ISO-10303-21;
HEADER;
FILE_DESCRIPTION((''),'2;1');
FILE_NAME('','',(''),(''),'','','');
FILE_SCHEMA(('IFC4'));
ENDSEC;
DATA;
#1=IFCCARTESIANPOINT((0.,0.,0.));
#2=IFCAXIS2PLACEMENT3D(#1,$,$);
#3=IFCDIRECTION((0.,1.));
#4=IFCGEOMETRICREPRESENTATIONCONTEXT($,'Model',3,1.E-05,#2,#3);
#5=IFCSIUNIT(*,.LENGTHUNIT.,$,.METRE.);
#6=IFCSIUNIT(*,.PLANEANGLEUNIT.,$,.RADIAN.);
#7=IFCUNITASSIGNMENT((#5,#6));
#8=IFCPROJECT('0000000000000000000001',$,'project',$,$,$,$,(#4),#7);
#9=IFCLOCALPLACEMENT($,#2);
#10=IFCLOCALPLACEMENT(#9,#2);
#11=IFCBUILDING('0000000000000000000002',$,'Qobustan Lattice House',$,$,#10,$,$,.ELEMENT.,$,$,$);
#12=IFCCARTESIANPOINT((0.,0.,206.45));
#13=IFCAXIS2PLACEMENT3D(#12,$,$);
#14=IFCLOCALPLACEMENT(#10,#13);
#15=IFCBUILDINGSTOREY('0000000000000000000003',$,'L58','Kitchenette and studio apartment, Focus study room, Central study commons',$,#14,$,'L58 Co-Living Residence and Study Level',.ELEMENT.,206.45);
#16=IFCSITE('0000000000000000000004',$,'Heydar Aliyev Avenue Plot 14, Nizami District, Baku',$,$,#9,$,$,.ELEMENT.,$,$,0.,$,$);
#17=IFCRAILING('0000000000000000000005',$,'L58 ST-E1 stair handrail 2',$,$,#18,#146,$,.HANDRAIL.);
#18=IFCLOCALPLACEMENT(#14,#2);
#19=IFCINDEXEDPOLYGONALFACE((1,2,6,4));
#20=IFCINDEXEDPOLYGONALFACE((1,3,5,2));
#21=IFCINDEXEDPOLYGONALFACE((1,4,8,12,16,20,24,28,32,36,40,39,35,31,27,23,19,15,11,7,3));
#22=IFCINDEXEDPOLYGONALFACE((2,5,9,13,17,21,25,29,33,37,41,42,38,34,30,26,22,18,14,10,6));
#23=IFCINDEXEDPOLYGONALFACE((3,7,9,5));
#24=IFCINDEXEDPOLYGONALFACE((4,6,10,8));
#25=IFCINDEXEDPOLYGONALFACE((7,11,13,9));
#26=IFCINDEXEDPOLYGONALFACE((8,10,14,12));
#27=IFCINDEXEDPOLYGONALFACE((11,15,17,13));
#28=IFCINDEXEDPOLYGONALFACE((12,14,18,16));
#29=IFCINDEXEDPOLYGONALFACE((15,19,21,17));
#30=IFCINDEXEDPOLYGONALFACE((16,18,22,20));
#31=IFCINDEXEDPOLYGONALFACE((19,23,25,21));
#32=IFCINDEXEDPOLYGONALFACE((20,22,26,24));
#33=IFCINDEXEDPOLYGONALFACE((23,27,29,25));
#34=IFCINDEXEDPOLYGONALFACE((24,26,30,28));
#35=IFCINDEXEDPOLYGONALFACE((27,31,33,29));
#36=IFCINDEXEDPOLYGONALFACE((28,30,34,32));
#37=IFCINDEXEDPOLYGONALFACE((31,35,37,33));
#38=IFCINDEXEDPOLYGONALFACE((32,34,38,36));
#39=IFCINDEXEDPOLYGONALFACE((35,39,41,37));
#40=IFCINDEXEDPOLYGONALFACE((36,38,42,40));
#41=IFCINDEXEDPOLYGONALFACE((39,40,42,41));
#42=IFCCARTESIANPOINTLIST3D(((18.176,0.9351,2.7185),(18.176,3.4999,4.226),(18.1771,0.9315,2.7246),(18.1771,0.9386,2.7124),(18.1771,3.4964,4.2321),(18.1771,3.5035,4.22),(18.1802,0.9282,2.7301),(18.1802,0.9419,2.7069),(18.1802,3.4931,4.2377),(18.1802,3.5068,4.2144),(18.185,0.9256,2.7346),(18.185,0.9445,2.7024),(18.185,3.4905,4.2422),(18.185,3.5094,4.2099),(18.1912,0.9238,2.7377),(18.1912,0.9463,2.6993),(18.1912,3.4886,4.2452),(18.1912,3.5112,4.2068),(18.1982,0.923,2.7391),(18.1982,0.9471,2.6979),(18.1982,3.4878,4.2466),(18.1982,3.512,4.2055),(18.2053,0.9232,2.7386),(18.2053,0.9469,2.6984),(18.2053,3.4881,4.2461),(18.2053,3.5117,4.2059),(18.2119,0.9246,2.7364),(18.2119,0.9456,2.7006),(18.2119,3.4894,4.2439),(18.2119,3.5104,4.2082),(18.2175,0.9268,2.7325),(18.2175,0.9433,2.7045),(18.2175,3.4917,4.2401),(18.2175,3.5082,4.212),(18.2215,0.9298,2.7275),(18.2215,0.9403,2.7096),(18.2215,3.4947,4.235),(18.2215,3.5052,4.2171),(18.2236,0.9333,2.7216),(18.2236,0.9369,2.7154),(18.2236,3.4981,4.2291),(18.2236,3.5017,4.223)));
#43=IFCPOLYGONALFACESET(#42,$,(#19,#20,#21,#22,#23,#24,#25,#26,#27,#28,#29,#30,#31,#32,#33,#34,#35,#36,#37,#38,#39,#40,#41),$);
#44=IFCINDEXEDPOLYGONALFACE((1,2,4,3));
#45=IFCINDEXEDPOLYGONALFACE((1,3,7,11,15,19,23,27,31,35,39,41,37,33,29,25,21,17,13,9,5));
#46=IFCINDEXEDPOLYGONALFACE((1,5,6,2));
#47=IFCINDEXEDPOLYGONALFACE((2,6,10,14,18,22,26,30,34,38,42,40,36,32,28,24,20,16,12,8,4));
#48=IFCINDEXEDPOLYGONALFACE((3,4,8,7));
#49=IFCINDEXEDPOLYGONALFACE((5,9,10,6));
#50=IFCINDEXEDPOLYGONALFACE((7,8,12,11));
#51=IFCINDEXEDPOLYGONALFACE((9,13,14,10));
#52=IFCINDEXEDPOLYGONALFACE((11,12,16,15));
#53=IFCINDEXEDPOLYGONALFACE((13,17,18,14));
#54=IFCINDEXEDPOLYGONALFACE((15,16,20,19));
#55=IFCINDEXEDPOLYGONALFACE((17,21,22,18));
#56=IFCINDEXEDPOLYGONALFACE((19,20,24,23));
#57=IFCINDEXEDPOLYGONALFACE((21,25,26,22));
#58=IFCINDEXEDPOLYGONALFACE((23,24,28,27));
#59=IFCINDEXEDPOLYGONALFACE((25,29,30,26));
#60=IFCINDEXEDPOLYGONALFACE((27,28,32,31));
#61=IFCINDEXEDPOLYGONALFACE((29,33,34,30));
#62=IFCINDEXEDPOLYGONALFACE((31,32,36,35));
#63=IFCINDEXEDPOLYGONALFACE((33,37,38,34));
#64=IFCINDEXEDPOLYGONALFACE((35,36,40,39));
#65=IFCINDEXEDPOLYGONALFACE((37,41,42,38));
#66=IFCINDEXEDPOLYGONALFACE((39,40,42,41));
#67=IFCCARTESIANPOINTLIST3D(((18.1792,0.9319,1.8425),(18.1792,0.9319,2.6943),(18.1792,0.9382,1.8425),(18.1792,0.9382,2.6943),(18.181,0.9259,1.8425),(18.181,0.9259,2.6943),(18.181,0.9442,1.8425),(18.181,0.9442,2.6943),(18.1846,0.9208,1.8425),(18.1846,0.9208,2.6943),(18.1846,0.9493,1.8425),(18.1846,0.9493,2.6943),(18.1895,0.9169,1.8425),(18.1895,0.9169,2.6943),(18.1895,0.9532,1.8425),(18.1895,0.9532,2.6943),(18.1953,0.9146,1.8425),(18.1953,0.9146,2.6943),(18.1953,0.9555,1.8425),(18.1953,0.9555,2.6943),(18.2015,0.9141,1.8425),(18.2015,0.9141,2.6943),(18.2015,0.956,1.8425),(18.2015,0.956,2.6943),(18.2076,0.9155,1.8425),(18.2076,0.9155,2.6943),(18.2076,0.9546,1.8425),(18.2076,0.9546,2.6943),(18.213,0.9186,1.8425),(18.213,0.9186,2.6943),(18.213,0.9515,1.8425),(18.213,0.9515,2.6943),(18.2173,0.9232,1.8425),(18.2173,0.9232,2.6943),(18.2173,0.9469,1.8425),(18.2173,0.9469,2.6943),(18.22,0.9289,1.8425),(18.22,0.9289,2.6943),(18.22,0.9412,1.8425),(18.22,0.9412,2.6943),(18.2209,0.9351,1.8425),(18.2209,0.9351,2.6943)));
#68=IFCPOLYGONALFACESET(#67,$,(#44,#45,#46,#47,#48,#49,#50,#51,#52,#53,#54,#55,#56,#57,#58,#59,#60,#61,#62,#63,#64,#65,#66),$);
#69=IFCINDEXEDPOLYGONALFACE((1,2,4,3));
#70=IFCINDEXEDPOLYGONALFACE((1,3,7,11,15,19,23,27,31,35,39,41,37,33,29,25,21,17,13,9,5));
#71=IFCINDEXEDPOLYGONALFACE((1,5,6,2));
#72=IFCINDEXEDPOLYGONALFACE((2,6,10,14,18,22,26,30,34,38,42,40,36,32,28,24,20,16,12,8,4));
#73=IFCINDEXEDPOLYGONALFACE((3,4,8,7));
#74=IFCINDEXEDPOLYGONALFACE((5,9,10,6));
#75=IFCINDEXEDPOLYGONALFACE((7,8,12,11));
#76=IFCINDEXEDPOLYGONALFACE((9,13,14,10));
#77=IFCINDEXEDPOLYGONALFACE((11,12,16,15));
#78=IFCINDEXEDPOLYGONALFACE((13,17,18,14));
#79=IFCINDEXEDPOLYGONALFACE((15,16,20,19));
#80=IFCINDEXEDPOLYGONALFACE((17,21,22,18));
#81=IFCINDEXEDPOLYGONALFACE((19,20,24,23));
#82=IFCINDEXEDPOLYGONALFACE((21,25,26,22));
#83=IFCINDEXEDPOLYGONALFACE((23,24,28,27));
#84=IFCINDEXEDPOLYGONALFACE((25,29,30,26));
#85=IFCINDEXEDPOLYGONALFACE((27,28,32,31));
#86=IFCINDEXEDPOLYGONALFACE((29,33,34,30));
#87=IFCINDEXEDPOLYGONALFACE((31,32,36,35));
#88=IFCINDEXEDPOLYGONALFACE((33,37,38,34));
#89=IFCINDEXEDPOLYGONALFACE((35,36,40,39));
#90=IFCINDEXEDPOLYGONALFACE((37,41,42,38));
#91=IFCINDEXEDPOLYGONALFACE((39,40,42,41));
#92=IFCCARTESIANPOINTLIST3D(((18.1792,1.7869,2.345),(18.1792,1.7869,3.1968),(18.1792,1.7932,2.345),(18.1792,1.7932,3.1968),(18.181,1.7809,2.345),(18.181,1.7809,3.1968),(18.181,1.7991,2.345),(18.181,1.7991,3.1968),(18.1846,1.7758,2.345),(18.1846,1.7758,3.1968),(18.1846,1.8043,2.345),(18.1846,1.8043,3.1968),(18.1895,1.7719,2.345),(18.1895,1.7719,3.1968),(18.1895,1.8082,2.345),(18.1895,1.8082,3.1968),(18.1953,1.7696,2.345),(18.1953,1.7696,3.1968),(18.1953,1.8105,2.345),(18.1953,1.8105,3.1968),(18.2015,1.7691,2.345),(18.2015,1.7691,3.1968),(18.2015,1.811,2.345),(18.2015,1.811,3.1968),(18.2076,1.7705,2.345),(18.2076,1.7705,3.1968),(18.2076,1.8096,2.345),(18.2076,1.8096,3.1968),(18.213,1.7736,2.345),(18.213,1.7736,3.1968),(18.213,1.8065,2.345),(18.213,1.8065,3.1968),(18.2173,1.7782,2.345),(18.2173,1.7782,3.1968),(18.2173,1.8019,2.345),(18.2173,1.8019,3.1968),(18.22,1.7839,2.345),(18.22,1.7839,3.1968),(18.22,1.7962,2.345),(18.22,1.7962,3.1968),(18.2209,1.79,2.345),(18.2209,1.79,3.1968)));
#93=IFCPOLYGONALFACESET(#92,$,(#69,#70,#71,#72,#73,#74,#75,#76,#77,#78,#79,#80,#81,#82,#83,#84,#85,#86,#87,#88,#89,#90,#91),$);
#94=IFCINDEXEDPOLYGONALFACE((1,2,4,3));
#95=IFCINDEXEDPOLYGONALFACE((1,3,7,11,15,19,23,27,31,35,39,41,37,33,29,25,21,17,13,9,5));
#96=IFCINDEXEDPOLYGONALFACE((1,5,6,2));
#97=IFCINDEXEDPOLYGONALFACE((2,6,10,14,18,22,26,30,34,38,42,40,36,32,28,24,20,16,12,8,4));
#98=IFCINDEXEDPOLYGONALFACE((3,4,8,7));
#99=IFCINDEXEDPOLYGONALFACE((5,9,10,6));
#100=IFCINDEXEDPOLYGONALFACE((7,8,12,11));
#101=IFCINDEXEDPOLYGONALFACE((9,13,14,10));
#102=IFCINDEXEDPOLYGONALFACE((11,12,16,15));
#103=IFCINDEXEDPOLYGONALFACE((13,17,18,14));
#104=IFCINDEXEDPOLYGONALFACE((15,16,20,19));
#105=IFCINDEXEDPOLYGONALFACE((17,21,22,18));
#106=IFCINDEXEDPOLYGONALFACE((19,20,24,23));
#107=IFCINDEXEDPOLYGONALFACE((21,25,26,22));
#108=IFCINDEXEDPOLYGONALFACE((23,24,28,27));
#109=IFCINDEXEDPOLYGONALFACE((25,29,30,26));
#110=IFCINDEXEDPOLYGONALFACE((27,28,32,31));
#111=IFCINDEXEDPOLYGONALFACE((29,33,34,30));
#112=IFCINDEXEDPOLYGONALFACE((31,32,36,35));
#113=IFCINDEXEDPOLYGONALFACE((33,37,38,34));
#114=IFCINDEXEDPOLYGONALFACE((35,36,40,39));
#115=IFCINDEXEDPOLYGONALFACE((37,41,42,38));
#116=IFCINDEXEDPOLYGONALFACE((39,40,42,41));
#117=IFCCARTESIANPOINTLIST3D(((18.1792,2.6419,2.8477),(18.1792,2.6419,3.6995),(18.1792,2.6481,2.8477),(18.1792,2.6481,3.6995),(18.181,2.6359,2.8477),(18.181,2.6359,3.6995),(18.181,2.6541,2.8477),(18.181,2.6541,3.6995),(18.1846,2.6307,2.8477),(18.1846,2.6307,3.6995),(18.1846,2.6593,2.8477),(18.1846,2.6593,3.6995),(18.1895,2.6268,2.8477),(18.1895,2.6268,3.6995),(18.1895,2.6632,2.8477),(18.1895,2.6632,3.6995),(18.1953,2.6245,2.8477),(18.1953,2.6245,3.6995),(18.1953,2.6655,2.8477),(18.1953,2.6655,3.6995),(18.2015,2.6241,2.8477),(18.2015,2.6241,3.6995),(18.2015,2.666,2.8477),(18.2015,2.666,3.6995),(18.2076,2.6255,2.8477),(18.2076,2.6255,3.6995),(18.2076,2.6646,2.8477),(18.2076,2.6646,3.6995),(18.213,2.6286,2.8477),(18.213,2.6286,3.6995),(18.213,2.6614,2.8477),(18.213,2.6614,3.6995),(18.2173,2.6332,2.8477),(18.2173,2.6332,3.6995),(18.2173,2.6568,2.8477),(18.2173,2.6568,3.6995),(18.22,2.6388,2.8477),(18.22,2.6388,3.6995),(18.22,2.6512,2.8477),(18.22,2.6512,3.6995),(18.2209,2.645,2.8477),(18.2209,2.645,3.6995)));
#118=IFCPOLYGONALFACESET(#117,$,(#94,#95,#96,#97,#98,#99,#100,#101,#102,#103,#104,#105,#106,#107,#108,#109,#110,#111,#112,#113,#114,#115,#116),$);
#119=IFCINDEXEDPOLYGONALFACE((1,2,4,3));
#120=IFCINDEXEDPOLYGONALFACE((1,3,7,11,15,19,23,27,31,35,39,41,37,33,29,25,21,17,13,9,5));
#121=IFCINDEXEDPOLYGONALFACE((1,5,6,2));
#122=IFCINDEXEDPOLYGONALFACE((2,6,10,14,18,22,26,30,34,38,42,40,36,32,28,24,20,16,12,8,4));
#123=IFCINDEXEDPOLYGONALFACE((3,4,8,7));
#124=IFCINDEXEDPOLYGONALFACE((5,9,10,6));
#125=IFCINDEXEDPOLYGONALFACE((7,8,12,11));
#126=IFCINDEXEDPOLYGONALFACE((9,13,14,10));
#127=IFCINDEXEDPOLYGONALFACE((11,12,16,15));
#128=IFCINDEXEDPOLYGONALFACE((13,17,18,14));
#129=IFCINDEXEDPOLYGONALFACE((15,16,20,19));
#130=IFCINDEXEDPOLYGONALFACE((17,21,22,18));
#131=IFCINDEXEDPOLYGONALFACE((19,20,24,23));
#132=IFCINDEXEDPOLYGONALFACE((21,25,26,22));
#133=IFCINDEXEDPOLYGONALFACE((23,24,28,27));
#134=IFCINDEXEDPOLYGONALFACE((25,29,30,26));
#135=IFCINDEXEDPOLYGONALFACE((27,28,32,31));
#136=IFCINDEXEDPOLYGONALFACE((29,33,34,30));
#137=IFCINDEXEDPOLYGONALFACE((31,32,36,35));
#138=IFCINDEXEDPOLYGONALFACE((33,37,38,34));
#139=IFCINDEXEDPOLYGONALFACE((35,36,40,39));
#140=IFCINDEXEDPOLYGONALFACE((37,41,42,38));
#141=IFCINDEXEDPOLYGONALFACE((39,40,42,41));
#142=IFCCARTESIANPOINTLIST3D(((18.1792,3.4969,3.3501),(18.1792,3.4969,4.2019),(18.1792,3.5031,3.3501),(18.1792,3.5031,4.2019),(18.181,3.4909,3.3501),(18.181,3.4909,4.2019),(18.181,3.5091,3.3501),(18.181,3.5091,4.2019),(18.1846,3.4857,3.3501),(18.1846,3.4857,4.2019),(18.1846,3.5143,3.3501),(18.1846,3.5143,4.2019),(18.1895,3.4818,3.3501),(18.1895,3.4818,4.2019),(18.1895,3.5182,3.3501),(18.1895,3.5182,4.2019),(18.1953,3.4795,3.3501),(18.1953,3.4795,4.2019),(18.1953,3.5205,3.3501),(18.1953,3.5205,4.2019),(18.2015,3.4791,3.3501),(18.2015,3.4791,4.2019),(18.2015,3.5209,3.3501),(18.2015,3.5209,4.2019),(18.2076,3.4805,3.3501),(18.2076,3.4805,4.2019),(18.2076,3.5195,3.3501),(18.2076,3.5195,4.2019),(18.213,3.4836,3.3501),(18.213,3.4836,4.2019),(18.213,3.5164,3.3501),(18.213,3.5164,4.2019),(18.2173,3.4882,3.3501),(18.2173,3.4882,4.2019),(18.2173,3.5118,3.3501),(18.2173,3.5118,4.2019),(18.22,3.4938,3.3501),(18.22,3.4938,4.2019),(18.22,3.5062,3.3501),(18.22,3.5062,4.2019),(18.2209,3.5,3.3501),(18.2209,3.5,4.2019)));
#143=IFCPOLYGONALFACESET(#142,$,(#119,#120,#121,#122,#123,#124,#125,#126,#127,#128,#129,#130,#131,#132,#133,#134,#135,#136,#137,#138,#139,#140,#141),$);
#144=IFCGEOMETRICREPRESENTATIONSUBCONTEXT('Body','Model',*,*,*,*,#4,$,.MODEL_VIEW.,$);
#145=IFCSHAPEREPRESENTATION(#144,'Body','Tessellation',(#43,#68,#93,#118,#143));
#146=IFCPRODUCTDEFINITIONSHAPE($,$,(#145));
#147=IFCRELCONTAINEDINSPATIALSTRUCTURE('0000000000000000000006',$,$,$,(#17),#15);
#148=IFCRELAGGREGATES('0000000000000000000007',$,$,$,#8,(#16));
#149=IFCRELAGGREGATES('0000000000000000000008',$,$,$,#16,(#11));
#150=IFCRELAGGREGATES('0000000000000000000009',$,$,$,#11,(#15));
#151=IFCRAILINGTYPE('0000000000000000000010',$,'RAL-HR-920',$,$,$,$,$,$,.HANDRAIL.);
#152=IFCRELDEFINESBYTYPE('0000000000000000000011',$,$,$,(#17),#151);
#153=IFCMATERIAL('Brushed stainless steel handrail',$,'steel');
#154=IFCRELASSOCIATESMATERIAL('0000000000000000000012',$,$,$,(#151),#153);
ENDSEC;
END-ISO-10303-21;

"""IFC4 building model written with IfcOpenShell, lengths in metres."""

from ifc_helpers import new_model, si_unit, direction, frame, origin, origin_2d, place, context, subcontext, project, spatial, circle, extrude, material, type_object, element, save


model = new_model("IFC4")

# Units and contexts
model_context = context("Model", 3, precision=1e-05, world=origin(), true_north=direction((0.0, 1.0)))
body_context = subcontext(model_context, "Body", "Model", "MODEL_VIEW")
ifc_project = project(units=[si_unit("LENGTHUNIT", "METRE"), si_unit("PLANEANGLEUNIT", "RADIAN")], contexts=[model_context])

# Site, building, storey
site_placement = place(None, origin())
site = spatial("IfcSite", under=ifc_project, at=site_placement, Name="Heydar Aliyev Avenue Plot 14, Nizami District, Baku", CompositionType="ELEMENT", RefElevation=0.0)
building_placement = place(site_placement, origin())
building = spatial("IfcBuilding", under=site, at=building_placement, Name="Qobustan Lattice House", CompositionType="ELEMENT")
storey_placement = place(building_placement, frame((0.0, 0.0, 206.45)))
storey = spatial("IfcBuildingStorey", under=building, at=storey_placement, Name="L58", Description="Kitchenette and studio apartment, Focus study room, Central study commons", LongName="L58 Co-Living Residence and Study Level", CompositionType="ELEMENT", Elevation=206.45)

# Railing
ifc_material_1 = material(Name="Brushed stainless steel handrail", Category="steel")
railing_type_1 = type_object("IfcRailingType", Name="RAL-HR-920", PredefinedType="HANDRAIL", material=ifc_material_1)
railing_1_placement = place(storey_placement, frame((18.2, 0.9351, 1.8425)))
element("IfcRailing", 1, at=railing_1_placement, inside=storey, type_object=railing_type_1, Name="L58 ST-E1 stair handrail 2", PredefinedType="HANDRAIL", context=body_context, shape_type="SweptSolid", body=[
    extrude(circle(Radius=0.0239, at=origin_2d()), frame((0.0, 0.0, 0.876), z_axis=(0.0, 0.862113, 0.506715), x_axis=(-1.0, 0.0, 0.0)), (0.0, 0.0, 1.0), 2.9751),
    extrude(circle(Radius=0.021, at=origin_2d()), origin(), (0.0, 0.0, 1.0), 0.8518),
    extrude(circle(Radius=0.021, at=origin_2d()), frame((0.0, 0.855, 0.5024)), (0.0, 0.0, 1.0), 0.8518),
    extrude(circle(Radius=0.021, at=origin_2d()), frame((0.0, 1.71, 1.0051)), (0.0, 0.0, 1.0), 0.8518),
    extrude(circle(Radius=0.021, at=origin_2d()), frame((0.0, 2.5649, 1.5076)), (0.0, 0.0, 1.0), 0.8518),
])

save(model, "model.ifc")
